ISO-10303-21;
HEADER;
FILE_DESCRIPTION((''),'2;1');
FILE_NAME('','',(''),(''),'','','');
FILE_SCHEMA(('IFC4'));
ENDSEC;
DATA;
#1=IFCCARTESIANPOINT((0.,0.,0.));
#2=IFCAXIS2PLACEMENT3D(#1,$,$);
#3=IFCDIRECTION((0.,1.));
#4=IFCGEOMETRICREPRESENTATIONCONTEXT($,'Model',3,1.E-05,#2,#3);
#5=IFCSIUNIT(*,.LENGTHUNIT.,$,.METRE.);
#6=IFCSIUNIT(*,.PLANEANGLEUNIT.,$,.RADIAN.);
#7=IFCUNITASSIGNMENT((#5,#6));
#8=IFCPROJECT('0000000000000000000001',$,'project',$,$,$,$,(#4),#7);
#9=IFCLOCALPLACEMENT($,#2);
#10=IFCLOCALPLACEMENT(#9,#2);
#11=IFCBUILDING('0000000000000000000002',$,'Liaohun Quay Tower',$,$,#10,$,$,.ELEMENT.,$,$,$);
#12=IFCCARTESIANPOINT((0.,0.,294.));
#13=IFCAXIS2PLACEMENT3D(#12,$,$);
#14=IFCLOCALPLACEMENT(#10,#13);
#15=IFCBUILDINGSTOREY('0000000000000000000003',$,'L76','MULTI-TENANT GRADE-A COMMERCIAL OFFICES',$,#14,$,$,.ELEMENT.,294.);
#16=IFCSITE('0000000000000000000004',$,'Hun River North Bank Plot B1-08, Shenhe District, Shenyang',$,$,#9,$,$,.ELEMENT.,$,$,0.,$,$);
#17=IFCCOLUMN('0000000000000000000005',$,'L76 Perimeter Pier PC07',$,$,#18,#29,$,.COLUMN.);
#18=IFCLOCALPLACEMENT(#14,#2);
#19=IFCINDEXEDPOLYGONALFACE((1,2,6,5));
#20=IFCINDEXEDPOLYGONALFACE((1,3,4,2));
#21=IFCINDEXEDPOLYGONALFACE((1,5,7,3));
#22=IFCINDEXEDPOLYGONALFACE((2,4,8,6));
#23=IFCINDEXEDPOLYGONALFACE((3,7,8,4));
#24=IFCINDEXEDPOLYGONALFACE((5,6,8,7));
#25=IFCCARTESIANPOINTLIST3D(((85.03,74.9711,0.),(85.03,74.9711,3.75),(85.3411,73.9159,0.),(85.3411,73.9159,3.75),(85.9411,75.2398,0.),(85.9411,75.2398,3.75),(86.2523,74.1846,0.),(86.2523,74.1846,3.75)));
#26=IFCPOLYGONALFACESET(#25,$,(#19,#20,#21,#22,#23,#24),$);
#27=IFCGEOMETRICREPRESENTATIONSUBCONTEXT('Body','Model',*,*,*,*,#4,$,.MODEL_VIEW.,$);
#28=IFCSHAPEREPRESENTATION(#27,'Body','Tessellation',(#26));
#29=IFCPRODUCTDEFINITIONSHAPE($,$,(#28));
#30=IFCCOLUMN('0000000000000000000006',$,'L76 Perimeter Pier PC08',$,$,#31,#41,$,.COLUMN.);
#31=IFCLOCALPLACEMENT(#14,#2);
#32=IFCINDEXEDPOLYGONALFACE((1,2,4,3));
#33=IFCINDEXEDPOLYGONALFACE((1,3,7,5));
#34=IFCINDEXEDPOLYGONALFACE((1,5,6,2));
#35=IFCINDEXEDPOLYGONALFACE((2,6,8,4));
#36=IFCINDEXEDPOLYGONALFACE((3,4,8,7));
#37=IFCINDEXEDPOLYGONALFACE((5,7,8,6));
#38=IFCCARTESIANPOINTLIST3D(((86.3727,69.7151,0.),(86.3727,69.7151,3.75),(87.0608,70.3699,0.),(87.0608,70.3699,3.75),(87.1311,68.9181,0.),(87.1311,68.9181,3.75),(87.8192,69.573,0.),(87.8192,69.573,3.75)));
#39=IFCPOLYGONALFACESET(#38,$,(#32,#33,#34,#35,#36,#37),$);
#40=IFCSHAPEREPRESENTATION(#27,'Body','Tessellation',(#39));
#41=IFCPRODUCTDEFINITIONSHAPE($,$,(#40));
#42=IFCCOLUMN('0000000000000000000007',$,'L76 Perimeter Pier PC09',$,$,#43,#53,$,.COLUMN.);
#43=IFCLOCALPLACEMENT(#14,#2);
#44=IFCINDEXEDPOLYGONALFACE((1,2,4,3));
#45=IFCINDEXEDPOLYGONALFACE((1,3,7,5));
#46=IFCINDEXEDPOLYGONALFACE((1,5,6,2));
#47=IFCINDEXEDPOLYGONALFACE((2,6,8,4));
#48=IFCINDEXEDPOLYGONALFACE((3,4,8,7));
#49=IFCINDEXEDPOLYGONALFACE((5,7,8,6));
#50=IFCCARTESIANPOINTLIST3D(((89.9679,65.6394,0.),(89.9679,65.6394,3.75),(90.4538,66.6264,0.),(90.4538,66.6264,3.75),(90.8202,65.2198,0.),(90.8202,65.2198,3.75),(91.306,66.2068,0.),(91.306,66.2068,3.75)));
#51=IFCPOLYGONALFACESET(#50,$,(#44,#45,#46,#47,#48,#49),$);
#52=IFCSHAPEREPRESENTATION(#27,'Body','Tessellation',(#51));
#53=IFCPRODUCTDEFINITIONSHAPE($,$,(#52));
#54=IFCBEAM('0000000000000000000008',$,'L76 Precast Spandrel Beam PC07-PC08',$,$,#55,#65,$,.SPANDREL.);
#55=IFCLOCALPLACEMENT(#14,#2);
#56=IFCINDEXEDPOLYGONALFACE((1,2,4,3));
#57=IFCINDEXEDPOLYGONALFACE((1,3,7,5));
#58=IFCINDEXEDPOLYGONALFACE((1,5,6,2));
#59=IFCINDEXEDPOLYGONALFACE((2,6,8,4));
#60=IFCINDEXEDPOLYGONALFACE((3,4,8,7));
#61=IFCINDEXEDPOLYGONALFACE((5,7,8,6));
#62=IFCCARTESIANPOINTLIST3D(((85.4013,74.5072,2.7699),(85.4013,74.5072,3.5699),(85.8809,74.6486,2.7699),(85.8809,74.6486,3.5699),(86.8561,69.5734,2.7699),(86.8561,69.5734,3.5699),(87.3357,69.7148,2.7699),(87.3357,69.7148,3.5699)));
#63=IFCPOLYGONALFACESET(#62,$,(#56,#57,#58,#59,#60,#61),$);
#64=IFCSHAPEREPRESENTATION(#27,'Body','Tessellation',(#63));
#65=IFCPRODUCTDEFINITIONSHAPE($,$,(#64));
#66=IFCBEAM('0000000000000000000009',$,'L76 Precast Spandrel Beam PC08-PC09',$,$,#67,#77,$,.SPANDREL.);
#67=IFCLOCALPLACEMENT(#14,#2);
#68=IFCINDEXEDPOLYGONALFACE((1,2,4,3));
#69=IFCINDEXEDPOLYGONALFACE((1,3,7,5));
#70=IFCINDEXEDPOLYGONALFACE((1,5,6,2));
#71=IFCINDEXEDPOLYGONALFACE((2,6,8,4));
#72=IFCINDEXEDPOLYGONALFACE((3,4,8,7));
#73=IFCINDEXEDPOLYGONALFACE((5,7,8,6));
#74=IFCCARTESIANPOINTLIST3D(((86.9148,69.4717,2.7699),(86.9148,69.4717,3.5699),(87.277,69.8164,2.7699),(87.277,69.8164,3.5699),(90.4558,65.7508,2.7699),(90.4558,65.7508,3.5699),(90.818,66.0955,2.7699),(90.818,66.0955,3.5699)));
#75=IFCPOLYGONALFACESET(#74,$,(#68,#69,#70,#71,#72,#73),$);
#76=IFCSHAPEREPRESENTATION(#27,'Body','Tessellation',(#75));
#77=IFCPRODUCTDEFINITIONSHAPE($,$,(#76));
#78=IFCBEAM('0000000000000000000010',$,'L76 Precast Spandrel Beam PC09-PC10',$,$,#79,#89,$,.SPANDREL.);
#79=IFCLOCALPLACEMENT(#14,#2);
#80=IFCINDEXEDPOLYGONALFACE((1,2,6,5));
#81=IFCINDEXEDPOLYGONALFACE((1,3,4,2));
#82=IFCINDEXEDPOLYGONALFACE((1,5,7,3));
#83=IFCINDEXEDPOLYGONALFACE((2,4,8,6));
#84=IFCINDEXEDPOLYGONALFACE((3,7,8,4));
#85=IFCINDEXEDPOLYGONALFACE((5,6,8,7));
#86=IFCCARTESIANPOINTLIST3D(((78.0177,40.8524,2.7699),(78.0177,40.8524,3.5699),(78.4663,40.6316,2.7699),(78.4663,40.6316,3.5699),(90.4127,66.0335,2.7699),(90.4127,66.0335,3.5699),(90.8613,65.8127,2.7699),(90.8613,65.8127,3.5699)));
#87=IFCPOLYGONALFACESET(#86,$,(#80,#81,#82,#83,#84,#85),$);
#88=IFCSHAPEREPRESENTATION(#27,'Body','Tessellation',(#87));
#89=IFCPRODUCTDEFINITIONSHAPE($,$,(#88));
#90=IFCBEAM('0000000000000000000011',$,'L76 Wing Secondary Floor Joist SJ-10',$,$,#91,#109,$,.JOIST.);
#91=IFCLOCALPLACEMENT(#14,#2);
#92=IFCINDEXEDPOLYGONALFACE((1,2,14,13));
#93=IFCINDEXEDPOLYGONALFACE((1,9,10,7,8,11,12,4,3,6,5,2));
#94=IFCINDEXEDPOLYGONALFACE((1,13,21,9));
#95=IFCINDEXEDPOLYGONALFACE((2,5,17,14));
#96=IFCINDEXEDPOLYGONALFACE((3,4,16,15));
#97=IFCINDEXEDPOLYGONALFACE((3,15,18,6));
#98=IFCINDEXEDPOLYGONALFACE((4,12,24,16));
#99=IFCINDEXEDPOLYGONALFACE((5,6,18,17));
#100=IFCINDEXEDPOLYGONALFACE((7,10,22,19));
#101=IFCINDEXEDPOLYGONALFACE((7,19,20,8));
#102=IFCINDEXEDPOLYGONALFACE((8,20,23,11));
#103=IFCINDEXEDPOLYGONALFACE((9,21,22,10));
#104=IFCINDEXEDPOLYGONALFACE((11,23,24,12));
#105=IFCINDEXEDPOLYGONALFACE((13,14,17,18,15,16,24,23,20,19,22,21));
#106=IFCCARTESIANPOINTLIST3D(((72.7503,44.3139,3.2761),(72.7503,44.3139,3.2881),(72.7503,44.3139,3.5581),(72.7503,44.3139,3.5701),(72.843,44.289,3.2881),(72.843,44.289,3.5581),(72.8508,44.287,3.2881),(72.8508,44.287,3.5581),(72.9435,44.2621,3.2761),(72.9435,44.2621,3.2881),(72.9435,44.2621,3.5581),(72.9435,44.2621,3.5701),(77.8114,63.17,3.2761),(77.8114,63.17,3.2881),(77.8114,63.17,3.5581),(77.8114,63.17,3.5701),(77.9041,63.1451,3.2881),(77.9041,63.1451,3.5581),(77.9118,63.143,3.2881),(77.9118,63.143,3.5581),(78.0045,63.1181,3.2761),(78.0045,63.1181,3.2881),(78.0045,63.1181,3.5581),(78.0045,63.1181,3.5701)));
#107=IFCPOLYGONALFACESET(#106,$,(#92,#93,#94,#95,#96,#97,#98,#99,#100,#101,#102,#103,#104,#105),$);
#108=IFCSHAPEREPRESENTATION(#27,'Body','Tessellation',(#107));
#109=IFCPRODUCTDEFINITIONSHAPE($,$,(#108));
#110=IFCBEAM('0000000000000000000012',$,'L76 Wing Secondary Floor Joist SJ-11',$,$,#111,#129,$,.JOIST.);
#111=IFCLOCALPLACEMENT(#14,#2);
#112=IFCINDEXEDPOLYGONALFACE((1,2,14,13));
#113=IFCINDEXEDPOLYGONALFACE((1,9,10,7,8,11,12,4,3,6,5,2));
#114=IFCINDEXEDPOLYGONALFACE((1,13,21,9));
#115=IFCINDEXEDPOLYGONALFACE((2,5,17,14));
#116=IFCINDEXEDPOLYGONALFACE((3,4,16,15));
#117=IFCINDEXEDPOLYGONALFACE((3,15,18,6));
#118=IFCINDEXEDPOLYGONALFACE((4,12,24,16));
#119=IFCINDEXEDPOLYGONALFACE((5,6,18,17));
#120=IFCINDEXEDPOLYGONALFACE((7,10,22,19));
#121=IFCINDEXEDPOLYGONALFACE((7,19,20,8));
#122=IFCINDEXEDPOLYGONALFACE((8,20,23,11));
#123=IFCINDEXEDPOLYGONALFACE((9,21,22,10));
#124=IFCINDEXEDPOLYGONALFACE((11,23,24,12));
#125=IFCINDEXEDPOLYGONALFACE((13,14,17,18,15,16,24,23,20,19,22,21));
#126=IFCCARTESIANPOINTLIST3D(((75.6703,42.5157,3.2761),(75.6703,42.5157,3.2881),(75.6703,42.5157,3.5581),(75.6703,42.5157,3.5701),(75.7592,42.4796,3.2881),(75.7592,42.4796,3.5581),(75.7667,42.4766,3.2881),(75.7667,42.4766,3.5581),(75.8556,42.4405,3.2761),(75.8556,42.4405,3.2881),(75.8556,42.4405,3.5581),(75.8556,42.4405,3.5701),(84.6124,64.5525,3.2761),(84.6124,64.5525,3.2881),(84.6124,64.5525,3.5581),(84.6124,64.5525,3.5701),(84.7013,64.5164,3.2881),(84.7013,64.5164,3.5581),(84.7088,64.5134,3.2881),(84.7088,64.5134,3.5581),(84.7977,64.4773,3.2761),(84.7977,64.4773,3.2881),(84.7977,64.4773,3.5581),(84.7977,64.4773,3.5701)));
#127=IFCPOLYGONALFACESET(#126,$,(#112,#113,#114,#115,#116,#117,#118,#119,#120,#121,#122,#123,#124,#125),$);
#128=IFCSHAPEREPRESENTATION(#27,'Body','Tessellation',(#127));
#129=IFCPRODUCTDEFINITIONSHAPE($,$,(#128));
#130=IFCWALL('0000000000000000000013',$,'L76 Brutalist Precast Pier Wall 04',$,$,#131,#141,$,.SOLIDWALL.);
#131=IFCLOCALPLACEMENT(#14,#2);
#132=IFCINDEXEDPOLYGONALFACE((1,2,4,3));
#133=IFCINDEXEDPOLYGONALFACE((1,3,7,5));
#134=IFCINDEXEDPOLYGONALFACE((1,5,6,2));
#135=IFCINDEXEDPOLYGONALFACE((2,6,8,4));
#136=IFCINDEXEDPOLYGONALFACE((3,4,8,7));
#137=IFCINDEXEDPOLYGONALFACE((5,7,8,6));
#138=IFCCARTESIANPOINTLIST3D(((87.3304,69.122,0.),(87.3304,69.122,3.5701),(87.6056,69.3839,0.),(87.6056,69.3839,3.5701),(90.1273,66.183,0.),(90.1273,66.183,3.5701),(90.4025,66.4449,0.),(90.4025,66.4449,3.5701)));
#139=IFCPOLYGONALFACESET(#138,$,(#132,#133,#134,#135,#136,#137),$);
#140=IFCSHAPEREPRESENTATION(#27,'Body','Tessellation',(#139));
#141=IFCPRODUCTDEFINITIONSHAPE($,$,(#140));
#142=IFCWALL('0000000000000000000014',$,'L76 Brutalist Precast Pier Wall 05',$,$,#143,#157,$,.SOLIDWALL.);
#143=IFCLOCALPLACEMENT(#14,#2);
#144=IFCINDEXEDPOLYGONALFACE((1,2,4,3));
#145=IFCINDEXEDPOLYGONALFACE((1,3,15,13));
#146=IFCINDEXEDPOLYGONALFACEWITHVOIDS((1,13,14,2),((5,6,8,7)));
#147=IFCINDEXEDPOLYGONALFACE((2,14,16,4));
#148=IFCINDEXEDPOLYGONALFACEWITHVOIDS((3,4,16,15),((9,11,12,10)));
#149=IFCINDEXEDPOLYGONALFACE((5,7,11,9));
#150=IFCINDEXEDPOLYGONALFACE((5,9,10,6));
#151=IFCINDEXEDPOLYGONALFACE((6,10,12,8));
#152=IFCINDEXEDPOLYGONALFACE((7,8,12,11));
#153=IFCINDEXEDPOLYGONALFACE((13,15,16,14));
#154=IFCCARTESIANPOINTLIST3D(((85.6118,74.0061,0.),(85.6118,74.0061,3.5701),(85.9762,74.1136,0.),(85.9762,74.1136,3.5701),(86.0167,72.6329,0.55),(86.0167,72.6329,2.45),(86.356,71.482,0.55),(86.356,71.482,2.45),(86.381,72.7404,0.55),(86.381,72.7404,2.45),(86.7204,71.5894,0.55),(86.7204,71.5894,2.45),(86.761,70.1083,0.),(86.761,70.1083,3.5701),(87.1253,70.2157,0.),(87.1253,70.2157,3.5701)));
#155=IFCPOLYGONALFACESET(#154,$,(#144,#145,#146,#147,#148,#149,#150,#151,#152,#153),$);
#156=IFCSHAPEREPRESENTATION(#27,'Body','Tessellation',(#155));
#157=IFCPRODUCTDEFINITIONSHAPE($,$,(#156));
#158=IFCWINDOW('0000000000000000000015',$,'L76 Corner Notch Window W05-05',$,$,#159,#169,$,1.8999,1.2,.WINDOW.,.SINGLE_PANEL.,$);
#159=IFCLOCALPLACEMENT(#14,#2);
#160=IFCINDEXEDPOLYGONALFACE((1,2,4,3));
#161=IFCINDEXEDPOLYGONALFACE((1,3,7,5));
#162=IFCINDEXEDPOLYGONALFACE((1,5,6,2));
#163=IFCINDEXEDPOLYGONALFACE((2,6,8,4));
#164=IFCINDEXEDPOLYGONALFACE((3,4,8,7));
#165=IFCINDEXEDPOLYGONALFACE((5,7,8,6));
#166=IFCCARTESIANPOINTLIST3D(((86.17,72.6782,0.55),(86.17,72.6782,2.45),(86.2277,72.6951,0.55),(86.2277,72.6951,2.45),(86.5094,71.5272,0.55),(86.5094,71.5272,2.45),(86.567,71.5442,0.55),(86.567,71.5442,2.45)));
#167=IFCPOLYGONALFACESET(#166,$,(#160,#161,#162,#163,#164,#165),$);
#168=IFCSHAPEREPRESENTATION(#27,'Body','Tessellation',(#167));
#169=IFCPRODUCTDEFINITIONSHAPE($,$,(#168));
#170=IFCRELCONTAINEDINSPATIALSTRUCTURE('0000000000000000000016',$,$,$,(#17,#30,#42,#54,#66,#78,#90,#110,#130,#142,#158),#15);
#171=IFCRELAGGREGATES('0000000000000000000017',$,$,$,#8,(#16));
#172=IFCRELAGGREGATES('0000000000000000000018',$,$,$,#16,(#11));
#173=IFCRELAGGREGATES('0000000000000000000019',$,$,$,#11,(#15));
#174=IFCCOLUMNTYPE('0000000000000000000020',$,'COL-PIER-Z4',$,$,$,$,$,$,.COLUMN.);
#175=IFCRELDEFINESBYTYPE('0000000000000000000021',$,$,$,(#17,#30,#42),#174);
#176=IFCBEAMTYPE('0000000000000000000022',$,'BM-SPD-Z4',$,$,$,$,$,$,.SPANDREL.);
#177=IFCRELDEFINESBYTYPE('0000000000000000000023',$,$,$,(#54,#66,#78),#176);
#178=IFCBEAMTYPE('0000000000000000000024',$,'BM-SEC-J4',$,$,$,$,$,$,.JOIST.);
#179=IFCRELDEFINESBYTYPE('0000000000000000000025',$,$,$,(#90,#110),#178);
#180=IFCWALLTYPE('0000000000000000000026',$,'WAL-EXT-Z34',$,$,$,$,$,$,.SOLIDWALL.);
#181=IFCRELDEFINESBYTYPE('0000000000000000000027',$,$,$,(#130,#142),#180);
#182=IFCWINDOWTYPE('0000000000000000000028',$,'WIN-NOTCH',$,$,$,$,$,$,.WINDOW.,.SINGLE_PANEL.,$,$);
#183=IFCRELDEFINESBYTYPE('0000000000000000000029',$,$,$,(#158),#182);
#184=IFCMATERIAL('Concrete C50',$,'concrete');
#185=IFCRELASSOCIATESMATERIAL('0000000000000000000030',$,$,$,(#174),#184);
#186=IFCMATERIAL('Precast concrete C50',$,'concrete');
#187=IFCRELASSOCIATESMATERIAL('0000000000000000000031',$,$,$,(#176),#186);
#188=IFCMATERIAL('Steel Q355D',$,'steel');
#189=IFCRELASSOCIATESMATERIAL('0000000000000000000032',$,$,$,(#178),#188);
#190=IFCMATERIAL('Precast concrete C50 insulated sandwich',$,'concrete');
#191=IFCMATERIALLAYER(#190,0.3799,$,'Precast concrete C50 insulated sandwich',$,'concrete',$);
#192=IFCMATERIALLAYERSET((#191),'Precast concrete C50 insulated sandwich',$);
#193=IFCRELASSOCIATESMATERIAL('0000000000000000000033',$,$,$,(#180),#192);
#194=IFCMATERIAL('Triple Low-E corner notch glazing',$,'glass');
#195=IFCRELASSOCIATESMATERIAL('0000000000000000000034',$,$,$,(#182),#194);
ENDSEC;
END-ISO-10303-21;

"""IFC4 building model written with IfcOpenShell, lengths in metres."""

from ifc_helpers import new_model, si_unit, direction, frame, frame_2d, origin, origin_2d, place, context, subcontext, project, spatial, rectangle, i_section, extrude, source, transform, mapped, material, layer, layer_set, material_profile, profile_set, type_object, element, fill, save


model = new_model("IFC4")

# Units and contexts
model_context = context("Model", 3, precision=1e-05, world=origin(), true_north=direction((0.0, 1.0)))
body_context = subcontext(model_context, "Body", "Model", "MODEL_VIEW")
ifc_project = project(units=[si_unit("LENGTHUNIT", "METRE"), si_unit("PLANEANGLEUNIT", "RADIAN")], contexts=[model_context])

# Site, building, storey
site_placement = place(None, origin())
site = spatial("IfcSite", under=ifc_project, at=site_placement, Name="Hun River North Bank Plot B1-08, Shenhe District, Shenyang", CompositionType="ELEMENT", RefElevation=0.0)
building_placement = place(site_placement, origin())
building = spatial("IfcBuilding", under=site, at=building_placement, Name="Liaohun Quay Tower", CompositionType="ELEMENT")
storey_placement = place(building_placement, frame((0.0, 0.0, 294.0)))
storey = spatial("IfcBuildingStorey", under=building, at=storey_placement, Name="L76", Description="MULTI-TENANT GRADE-A COMMERCIAL OFFICES", CompositionType="ELEMENT", Elevation=294.0)

# Columns
ifc_material_1 = material(Name="Concrete C50", Category="concrete")
ifc_material_profile_1 = material_profile(ifc_material_1, rectangle(XDim=1.1001, YDim=0.95, at=origin_2d()), Name="RC1100x950")
ifc_profile_set_1 = profile_set([ifc_material_profile_1], Name="Concrete C50")
column_type = type_object("IfcColumnType", Name="COL-PIER-Z4", PredefinedType="COLUMN", material=ifc_profile_set_1)
shared_shape_1 = source(origin(), body_context, "Body", "SweptSolid", [
    extrude(rectangle(XDim=1.1001, YDim=0.95, at=origin_2d()), origin(), (0.0, 0.0, 1.0), 3.75),
])
for number, where, z_axis, x_axis, name in (
    (1, (85.6411, 74.5779, 0.0), (0.0, 0.0, 1.0), (-0.282844, 0.959166, 0.0), "L76 Perimeter Pier PC07"),
    (2, (87.0959, 69.644, 0.0), (0.0, 0.0, 1.0), (-0.689367, 0.724413, 0.0), "L76 Perimeter Pier PC08"),
    (3, (90.637, 65.9231, 0.0), (0.0, 0.0, 1.0), (0.441662, 0.897181, 0.0), "L76 Perimeter Pier PC09"),
):
    element("IfcColumn", number, at=place(storey_placement, frame(where, z_axis=z_axis, x_axis=x_axis)), inside=storey, type_object=column_type, Name=name, PredefinedType="COLUMN", context=body_context, shape_type="MappedRepresentation", body=[
        mapped(shared_shape_1, transform((0.0, 0.0, 0.0), x_axis=(1.0, 0.0, 0.0), y_axis=(0.0, 1.0, 0.0), z_axis=(0.0, 0.0, 1.0), scale=1.0)),
    ])

# Beams
ifc_material_2 = material(Name="Precast concrete C50", Category="concrete")
ifc_material_profile_2 = material_profile(ifc_material_2, rectangle(XDim=0.5, YDim=0.8, at=origin_2d()), Name="RC500x800")
ifc_profile_set_2 = profile_set([ifc_material_profile_2], Name="Precast concrete C50")
beam_type_1 = type_object("IfcBeamType", Name="BM-SPD-Z4", PredefinedType="SPANDREL", material=ifc_profile_set_2)
shared_shape_2 = source(origin(), body_context, "Body", "SweptSolid", [
    extrude(rectangle(XDim=0.5, YDim=0.8, at=origin_2d()), origin(), (0.0, 0.0, 1.0), 5.1438),
])
beam_1_placement = place(storey_placement, frame((85.6411, 74.5779, 3.1699), z_axis=(0.282829, -0.95917, 0.0), x_axis=(0.95917, 0.282829, 0.0)))
element("IfcBeam", 4, at=beam_1_placement, inside=storey, type_object=beam_type_1, Name="L76 Precast Spandrel Beam PC07-PC08", PredefinedType="SPANDREL", context=body_context, shape_type="MappedRepresentation", body=[
    mapped(shared_shape_2, transform((0.0, 0.0, 0.0), x_axis=(1.0, 0.0, 0.0), y_axis=(0.0, 1.0, 0.0), z_axis=(0.0, 0.0, 1.0), scale=1.0)),
])
shared_shape_3 = source(origin(), body_context, "Body", "SweptSolid", [
    extrude(rectangle(XDim=0.5, YDim=0.8, at=origin_2d()), origin(), (0.0, 0.0, 1.0), 5.1365),
])
beam_2_placement = place(storey_placement, frame((87.0959, 69.644, 3.1699), z_axis=(0.689375, -0.724405, 0.0), x_axis=(0.724405, 0.689375, 0.0)))
element("IfcBeam", 5, at=beam_2_placement, inside=storey, type_object=beam_type_1, Name="L76 Precast Spandrel Beam PC08-PC09", PredefinedType="SPANDREL", context=body_context, shape_type="MappedRepresentation", body=[
    mapped(shared_shape_3, transform((0.0, 0.0, 0.0), x_axis=(1.0, 0.0, 0.0), y_axis=(0.0, 1.0, 0.0), z_axis=(0.0, 0.0, 1.0), scale=1.0)),
])
shared_shape_4 = source(origin(), body_context, "Body", "SweptSolid", [
    extrude(rectangle(XDim=0.5, YDim=0.8, at=origin_2d()), origin(), (0.0, 0.0, 1.0), 28.0664),
])
beam_3_placement = place(storey_placement, frame((90.637, 65.9231, 3.1699), z_axis=(-0.441631, -0.897197, 0.0), x_axis=(0.897197, -0.441631, 0.0)))
element("IfcBeam", 6, at=beam_3_placement, inside=storey, type_object=beam_type_1, Name="L76 Precast Spandrel Beam PC09-PC10", PredefinedType="SPANDREL", context=body_context, shape_type="MappedRepresentation", body=[
    mapped(shared_shape_4, transform((0.0, 0.0, 0.0), x_axis=(1.0, 0.0, 0.0), y_axis=(0.0, 1.0, 0.0), z_axis=(0.0, 0.0, 1.0), scale=1.0)),
])
ifc_material_3 = material(Name="Steel Q355D", Category="steel")
ifc_material_profile_3 = material_profile(ifc_material_3, i_section(OverallWidth=0.2, OverallDepth=0.2939, WebThickness=0.0081, FlangeThickness=0.012, at=origin_2d()), Name="HM294x200x8x12")
ifc_profile_set_3 = profile_set([ifc_material_profile_3], Name="Steel Q355D")
beam_type_2 = type_object("IfcBeamType", Name="BM-SEC-J4", PredefinedType="JOIST", material=ifc_profile_set_3)
shared_shape_5 = source(origin(), body_context, "Body", "SweptSolid", [
    extrude(i_section(OverallWidth=0.2, OverallDepth=0.2939, WebThickness=0.0081, FlangeThickness=0.012, at=origin_2d()), origin(), (0.0, 0.0, 1.0), 19.5234),
])
beam_4_placement = place(storey_placement, frame((77.908, 63.144, 3.4231), z_axis=(-0.25923, -0.965816, 0.0), x_axis=(0.965816, -0.25923, 0.0)))
element("IfcBeam", 7, at=beam_4_placement, inside=storey, type_object=beam_type_2, Name="L76 Wing Secondary Floor Joist SJ-10", PredefinedType="JOIST", context=body_context, shape_type="MappedRepresentation", body=[
    mapped(shared_shape_5, transform((0.0, 0.0, 0.0), x_axis=(1.0, 0.0, 0.0), y_axis=(0.0, 1.0, 0.0), z_axis=(0.0, 0.0, 1.0), scale=1.0)),
])
shared_shape_6 = source(origin(), body_context, "Body", "SweptSolid", [
    extrude(i_section(OverallWidth=0.2, OverallDepth=0.2939, WebThickness=0.0081, FlangeThickness=0.012, at=origin_2d()), origin(), (0.0, 0.0, 1.0), 23.782),
])
beam_5_placement = place(storey_placement, frame((84.7051, 64.5149, 3.4231), z_axis=(-0.376004, -0.926618, 0.0), x_axis=(0.926618, -0.376004, 0.0)))
element("IfcBeam", 8, at=beam_5_placement, inside=storey, type_object=beam_type_2, Name="L76 Wing Secondary Floor Joist SJ-11", PredefinedType="JOIST", context=body_context, shape_type="MappedRepresentation", body=[
    mapped(shared_shape_6, transform((0.0, 0.0, 0.0), x_axis=(1.0, 0.0, 0.0), y_axis=(0.0, 1.0, 0.0), z_axis=(0.0, 0.0, 1.0), scale=1.0)),
])

# Wall
ifc_material_4 = material(Name="Precast concrete C50 insulated sandwich", Category="concrete")
ifc_layer_1 = layer(ifc_material_4, 0.3799, Name="Precast concrete C50 insulated sandwich", Category="concrete")
ifc_layer_set_1 = layer_set([ifc_layer_1], Name="Precast concrete C50 insulated sandwich")
wall_type_1 = type_object("IfcWallType", Name="WAL-EXT-Z34", PredefinedType="SOLIDWALL", material=ifc_layer_set_1)
wall_1_placement = place(storey_placement, frame((90.2649, 66.314, 0.0), z_axis=(0.0, 0.0, 1.0), x_axis=(-0.689379, 0.724401, 0.0)))
element("IfcWall", 9, at=wall_1_placement, inside=storey, type_object=wall_type_1, Name="L76 Brutalist Precast Pier Wall 04", PredefinedType="SOLIDWALL", context=body_context, shape_type="SweptSolid", body=[
    extrude(rectangle(XDim=4.0571, YDim=0.3799, at=frame_2d((2.0286, 0.0))), origin(), (0.0, 0.0, 1.0), 3.5701),
])

# Wall, opening, window
wall_2_placement = place(storey_placement, frame((86.9431, 70.1621, 0.0), z_axis=(0.0, 0.0, 1.0), x_axis=(-0.282781, 0.959185, 0.0)))
wall_2 = element("IfcWall", 10, at=wall_2_placement, inside=storey, type_object=wall_type_1, Name="L76 Brutalist Precast Pier Wall 05", PredefinedType="SOLIDWALL", context=body_context, shape_type="SweptSolid", body=[
    extrude(rectangle(XDim=4.0637, YDim=0.3799, at=frame_2d((2.0317, 0.0))), origin(), (0.0, 0.0, 1.0), 3.5701),
])
shared_shape_7 = source(origin(), body_context, "Body", "SweptSolid", [
    extrude(rectangle(XDim=1.2, YDim=1.8999, at=frame_2d((0.6001, 0.95))), frame((0.0, 0.2, 0.0), z_axis=(0.0, -1.0, 0.0), x_axis=(1.0, 0.0, 0.0)), (0.0, 0.0, 1.0), 0.3999),
])
opening_1_placement = place(wall_2_placement, frame((1.4319, 0.0, 0.55)))
opening_1 = element("IfcOpeningElement", 11, at=opening_1_placement, cuts=wall_2, PredefinedType="OPENING", context=body_context, shape_type="MappedRepresentation", body=[
    mapped(shared_shape_7, transform((0.0, 0.0, 0.0), x_axis=(1.0, 0.0, 0.0), y_axis=(0.0, 1.0, 0.0), z_axis=(0.0, 0.0, 1.0), scale=1.0)),
])
ifc_material_5 = material(Name="Triple Low-E corner notch glazing", Category="glass")
window_type_1 = type_object("IfcWindowType", Name="WIN-NOTCH", PartitioningType="SINGLE_PANEL", PredefinedType="WINDOW", material=ifc_material_5)
shared_shape_8 = source(origin(), body_context, "Body", "SweptSolid", [
    extrude(rectangle(XDim=1.2, YDim=1.8999, at=frame_2d((0.6001, 0.95))), frame((0.0, 0.03, 0.0), z_axis=(0.0, -1.0, 0.0), x_axis=(1.0, 0.0, 0.0)), (0.0, 0.0, 1.0), 0.0601),
])
window_1_placement = place(opening_1_placement, origin())
window_1 = element("IfcWindow", 12, at=window_1_placement, inside=storey, type_object=window_type_1, Name="L76 Corner Notch Window W05-05", OverallHeight=1.8999, OverallWidth=1.2, PartitioningType="SINGLE_PANEL", PredefinedType="WINDOW", context=body_context, shape_type="MappedRepresentation", body=[
    mapped(shared_shape_8, transform((0.0, 0.0, 0.0), x_axis=(1.0, 0.0, 0.0), y_axis=(0.0, 1.0, 0.0), z_axis=(0.0, 0.0, 1.0), scale=1.0)),
])
fill(opening_1, window_1)

save(model, "model.ifc")
